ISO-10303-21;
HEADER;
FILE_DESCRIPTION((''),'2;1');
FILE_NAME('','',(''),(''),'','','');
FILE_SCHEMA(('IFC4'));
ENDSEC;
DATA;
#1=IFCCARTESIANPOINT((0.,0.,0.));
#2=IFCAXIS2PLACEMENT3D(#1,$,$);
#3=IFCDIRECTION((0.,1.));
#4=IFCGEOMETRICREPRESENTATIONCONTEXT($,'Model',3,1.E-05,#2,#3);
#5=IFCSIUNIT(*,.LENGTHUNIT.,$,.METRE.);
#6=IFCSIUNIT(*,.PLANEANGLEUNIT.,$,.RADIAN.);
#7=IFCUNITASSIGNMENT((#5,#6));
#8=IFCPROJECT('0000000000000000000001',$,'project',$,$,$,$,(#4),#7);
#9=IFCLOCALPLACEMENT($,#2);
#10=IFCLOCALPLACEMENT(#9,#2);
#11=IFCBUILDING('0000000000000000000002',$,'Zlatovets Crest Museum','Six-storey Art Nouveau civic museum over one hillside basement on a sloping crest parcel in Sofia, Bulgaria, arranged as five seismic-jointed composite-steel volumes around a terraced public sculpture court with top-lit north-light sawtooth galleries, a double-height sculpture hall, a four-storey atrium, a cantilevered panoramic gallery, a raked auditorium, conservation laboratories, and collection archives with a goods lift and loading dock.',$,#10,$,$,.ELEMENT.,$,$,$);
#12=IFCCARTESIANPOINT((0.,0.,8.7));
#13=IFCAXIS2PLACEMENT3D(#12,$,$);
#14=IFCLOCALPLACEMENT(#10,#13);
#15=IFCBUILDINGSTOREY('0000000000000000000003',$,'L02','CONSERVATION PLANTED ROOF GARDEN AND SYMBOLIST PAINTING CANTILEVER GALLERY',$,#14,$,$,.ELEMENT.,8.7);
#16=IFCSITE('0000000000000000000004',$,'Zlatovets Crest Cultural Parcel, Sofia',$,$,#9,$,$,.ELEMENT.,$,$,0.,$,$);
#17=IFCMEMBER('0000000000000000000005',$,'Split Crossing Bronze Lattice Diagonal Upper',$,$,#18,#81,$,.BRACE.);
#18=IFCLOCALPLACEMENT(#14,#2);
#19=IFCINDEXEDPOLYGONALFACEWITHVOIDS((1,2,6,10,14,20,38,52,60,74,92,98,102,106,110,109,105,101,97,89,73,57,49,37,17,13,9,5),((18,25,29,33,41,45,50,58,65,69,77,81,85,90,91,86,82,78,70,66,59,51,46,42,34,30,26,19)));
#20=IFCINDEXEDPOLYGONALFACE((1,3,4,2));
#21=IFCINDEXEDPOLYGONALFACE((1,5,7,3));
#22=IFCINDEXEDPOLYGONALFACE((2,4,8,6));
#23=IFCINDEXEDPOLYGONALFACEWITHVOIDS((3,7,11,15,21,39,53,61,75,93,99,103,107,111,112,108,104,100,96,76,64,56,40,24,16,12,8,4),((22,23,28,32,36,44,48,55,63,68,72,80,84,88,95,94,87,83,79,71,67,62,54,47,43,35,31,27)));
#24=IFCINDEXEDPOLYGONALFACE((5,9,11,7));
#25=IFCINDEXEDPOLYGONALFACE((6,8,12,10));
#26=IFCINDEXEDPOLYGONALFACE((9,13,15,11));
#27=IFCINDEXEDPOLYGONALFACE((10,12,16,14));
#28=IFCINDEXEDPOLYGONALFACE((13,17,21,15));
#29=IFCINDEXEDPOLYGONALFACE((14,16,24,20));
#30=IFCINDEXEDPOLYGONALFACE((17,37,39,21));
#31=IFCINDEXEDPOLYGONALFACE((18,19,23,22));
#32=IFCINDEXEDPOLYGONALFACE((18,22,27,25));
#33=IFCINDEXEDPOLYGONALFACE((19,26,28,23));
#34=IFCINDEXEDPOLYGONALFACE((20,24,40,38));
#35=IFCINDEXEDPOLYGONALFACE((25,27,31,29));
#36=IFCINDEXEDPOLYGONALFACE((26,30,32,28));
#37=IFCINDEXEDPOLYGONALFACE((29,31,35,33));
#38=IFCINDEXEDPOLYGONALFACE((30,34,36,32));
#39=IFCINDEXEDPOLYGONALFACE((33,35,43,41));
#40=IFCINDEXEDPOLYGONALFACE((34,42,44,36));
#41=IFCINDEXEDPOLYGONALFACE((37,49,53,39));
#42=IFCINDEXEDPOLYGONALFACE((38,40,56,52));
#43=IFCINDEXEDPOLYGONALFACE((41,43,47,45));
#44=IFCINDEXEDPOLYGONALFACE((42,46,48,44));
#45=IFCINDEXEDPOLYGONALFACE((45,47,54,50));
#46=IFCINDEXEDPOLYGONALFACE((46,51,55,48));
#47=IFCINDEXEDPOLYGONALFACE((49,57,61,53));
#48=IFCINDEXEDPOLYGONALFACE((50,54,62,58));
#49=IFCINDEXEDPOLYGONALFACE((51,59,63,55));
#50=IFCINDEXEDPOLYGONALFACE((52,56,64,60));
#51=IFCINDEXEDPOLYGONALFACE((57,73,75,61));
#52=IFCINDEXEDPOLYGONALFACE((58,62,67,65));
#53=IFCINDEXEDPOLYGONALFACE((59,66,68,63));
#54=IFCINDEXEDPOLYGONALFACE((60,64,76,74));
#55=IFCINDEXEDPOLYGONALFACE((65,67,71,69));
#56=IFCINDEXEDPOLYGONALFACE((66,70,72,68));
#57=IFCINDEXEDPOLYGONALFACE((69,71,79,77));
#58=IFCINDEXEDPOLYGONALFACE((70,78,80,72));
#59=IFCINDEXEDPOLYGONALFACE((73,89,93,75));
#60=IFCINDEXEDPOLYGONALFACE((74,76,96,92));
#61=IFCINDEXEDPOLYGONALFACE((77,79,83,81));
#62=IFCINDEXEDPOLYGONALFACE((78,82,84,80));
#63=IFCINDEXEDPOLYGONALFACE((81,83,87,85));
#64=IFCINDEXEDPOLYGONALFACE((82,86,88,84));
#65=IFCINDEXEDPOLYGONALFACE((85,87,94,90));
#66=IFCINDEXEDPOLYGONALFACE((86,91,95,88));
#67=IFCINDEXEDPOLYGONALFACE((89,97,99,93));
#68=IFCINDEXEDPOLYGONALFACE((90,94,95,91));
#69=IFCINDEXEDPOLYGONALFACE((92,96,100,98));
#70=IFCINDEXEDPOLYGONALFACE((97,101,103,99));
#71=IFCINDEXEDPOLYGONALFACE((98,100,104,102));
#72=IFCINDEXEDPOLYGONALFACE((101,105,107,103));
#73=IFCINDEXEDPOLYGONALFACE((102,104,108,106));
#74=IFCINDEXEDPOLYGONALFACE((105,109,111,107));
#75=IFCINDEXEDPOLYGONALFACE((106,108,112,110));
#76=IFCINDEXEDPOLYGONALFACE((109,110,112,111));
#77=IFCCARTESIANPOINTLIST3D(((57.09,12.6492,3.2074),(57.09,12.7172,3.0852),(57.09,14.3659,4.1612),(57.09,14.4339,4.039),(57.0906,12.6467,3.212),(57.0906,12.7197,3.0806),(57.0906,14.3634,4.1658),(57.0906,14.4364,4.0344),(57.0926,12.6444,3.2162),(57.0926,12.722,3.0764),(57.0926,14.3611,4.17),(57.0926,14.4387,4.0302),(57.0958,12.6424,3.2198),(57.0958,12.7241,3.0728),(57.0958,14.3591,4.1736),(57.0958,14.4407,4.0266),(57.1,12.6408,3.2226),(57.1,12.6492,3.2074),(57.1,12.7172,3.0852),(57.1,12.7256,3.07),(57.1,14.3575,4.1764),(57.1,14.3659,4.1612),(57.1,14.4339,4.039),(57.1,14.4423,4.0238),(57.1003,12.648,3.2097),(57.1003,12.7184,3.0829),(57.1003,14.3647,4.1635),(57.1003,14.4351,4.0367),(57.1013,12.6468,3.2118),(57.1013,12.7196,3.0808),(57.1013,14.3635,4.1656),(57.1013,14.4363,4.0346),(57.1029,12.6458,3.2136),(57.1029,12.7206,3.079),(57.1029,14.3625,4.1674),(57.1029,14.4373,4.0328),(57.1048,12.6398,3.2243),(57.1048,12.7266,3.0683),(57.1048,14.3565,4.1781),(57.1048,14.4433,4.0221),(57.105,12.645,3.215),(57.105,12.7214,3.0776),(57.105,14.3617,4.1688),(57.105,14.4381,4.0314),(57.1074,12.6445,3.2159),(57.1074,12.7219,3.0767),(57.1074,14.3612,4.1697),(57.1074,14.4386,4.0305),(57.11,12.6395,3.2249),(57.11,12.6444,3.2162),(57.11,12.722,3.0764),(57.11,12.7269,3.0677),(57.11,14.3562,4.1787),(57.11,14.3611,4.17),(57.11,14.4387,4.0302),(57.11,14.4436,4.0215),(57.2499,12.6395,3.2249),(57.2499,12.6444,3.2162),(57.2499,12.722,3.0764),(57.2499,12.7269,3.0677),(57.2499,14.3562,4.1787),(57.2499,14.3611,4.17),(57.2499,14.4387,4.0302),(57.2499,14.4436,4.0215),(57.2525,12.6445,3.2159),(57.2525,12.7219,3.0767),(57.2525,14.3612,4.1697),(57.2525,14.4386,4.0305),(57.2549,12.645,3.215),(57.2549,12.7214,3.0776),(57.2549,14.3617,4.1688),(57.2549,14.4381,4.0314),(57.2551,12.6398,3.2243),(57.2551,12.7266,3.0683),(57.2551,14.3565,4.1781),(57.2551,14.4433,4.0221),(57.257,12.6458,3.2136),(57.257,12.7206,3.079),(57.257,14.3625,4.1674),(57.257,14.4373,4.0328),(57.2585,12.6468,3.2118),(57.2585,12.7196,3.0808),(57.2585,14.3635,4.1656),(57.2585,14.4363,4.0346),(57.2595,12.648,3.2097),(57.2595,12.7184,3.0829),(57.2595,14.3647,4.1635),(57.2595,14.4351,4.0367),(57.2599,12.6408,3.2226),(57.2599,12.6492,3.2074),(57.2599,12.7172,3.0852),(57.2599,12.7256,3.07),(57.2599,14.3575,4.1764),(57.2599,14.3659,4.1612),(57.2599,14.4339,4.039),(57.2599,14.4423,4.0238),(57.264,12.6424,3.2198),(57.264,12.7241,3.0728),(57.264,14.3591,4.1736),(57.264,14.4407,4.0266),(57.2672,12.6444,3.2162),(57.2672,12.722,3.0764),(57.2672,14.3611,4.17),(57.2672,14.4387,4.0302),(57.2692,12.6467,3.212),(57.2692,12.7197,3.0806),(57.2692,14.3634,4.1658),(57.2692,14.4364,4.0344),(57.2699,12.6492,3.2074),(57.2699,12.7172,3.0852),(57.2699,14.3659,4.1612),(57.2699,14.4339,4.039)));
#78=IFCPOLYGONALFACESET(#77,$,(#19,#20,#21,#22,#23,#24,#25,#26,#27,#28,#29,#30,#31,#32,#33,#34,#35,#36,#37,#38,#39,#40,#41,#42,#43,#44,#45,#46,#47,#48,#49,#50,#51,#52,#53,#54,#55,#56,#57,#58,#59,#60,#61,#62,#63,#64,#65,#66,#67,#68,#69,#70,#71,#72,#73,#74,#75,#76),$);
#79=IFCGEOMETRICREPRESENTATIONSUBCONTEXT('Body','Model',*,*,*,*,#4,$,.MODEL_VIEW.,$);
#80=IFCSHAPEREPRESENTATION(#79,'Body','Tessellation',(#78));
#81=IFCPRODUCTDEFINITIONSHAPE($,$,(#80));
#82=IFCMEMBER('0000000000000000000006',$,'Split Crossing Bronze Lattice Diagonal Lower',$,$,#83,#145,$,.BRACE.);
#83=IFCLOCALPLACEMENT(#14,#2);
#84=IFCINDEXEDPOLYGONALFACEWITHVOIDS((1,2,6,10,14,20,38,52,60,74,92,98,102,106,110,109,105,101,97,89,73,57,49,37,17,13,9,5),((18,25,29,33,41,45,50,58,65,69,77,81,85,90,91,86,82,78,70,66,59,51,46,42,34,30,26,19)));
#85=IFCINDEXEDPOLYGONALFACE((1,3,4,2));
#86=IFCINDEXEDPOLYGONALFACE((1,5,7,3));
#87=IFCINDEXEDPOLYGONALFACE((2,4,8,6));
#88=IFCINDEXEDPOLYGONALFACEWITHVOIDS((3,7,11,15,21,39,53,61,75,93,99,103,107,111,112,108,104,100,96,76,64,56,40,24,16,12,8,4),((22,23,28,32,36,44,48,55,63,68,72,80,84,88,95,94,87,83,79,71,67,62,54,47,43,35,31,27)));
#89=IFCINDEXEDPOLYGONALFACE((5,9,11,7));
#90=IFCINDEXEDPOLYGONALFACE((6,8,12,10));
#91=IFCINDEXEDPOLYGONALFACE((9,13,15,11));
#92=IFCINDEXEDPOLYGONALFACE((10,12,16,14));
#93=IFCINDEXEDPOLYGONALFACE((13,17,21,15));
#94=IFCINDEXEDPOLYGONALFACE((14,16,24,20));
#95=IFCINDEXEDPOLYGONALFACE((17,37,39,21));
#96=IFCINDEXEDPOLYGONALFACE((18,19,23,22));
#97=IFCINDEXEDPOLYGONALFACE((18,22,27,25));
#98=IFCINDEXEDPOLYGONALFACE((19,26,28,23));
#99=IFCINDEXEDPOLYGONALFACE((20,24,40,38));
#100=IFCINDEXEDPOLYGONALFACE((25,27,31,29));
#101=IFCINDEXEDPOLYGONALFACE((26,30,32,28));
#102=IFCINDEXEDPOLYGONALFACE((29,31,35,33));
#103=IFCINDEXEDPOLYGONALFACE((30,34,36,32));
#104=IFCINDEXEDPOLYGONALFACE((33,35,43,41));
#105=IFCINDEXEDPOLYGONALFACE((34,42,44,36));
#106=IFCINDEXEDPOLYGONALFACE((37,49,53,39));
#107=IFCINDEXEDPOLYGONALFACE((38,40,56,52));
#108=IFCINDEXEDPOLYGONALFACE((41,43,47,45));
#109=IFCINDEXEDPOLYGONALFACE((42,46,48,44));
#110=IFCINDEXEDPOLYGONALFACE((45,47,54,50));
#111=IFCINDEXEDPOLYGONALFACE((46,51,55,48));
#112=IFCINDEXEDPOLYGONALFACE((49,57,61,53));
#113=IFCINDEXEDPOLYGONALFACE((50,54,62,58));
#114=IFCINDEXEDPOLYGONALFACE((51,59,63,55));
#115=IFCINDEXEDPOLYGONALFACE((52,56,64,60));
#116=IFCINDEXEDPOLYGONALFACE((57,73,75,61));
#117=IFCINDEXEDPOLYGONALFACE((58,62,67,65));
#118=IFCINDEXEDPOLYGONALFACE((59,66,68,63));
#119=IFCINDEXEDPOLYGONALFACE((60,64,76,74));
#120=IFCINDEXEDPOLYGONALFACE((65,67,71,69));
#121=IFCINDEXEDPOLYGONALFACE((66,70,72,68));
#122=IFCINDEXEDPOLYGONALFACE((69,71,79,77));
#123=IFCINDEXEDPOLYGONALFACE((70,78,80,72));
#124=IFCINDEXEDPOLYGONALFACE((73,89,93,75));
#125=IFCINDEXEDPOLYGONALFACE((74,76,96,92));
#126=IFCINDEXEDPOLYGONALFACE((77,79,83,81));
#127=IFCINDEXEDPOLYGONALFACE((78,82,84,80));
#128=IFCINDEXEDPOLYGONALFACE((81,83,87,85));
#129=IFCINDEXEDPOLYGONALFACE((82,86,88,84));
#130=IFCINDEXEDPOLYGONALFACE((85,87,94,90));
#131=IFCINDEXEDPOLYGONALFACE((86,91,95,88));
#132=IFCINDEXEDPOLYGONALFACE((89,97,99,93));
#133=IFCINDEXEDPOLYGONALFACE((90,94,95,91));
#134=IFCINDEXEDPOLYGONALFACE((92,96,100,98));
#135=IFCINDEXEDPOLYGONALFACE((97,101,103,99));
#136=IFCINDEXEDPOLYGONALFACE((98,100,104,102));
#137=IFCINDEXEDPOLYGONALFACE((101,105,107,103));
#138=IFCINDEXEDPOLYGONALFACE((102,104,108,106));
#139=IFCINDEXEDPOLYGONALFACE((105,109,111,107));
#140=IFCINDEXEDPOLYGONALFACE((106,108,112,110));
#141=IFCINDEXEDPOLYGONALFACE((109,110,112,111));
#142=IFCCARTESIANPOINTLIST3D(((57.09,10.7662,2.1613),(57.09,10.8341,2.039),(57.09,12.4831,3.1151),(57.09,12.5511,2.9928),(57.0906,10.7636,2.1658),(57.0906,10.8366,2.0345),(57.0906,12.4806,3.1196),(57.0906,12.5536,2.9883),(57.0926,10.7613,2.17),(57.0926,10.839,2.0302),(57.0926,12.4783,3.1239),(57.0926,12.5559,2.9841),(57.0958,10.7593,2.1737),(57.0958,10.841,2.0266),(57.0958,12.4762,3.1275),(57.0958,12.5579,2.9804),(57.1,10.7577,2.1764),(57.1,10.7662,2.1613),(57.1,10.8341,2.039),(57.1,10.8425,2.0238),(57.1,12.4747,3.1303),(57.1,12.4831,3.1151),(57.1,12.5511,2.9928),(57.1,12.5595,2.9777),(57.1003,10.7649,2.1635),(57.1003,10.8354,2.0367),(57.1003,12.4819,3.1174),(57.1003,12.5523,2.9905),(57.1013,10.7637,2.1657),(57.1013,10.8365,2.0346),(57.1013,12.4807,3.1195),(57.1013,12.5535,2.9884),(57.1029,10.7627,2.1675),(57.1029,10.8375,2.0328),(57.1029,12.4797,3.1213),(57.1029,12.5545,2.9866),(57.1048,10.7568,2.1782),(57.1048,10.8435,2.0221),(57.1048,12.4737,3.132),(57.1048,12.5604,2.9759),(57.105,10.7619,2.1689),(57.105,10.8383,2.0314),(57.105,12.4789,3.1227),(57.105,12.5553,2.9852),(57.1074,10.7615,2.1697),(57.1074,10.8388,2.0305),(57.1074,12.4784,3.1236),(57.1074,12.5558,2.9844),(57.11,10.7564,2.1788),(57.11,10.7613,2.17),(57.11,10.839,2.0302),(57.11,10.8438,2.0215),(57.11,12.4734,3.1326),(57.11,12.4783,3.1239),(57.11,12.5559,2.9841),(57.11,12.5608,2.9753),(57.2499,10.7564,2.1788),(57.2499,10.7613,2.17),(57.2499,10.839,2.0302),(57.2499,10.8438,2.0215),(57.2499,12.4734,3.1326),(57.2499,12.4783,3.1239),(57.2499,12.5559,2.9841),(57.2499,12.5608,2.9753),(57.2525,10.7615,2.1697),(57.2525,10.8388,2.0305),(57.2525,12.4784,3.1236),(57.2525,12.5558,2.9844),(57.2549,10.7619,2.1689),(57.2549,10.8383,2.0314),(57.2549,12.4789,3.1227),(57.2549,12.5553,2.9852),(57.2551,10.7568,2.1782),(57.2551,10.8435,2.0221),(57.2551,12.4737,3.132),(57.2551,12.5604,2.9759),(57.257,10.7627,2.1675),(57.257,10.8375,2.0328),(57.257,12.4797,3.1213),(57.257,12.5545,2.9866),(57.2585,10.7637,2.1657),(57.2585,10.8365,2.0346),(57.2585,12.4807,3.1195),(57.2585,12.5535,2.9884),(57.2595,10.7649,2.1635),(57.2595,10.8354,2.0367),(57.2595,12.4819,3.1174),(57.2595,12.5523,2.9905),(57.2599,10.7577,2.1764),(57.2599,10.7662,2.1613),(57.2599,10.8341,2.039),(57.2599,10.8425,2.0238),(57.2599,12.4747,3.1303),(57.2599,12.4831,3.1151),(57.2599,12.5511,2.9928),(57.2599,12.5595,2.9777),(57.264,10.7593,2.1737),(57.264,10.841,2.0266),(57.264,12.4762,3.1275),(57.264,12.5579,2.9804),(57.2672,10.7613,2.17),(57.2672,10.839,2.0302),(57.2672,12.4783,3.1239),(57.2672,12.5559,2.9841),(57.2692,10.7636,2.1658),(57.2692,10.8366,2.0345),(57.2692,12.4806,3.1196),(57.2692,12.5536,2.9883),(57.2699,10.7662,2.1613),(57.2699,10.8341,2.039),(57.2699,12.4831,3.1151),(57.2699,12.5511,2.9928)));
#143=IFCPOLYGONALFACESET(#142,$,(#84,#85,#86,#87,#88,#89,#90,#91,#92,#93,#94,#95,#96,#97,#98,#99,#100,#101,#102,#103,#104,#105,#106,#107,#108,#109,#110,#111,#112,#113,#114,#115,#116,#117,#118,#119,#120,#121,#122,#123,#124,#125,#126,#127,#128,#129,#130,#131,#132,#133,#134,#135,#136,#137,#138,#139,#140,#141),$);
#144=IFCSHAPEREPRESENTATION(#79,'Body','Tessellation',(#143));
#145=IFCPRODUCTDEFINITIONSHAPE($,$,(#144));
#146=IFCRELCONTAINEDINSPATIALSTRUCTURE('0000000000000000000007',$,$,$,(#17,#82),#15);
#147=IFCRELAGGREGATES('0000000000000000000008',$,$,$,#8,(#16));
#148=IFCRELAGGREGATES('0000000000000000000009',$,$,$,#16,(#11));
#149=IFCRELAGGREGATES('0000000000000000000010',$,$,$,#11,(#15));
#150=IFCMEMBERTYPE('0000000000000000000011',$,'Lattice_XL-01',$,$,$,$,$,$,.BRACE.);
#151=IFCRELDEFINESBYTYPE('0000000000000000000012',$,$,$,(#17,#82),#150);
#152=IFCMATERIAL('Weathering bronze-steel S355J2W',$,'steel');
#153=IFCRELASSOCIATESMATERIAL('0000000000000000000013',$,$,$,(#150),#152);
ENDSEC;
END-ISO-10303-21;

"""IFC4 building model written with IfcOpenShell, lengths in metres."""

from ifc_helpers import new_model, si_unit, direction, frame, origin, origin_2d, place, context, subcontext, project, spatial, hollow_rectangle, extrude, material, material_profile, profile_set, type_object, element, save


model = new_model("IFC4")

# Units and contexts
model_context = context("Model", 3, precision=1e-05, world=origin(), true_north=direction((0.0, 1.0)))
body_context = subcontext(model_context, "Body", "Model", "MODEL_VIEW")
ifc_project = project(units=[si_unit("LENGTHUNIT", "METRE"), si_unit("PLANEANGLEUNIT", "RADIAN")], contexts=[model_context])

# Site, building, storey
site_placement = place(None, origin())
site = spatial("IfcSite", under=ifc_project, at=site_placement, Name="Zlatovets Crest Cultural Parcel, Sofia", CompositionType="ELEMENT", RefElevation=0.0)
building_placement = place(site_placement, origin())
building = spatial("IfcBuilding", under=site, at=building_placement, Name="Zlatovets Crest Museum", Description="Six-storey Art Nouveau civic museum over one hillside basement on a sloping crest parcel in Sofia, Bulgaria, arranged as five seismic-jointed composite-steel volumes around a terraced public sculpture court with top-lit north-light sawtooth galleries, a double-height sculpture hall, a four-storey atrium, a cantilevered panoramic gallery, a raked auditorium, conservation laboratories, and collection archives with a goods lift and loading dock.", CompositionType="ELEMENT")
storey_placement = place(building_placement, frame((0.0, 0.0, 8.7)))
storey = spatial("IfcBuildingStorey", under=building, at=storey_placement, Name="L02", Description="CONSERVATION PLANTED ROOF GARDEN AND SYMBOLIST PAINTING CANTILEVER GALLERY", CompositionType="ELEMENT", Elevation=8.7)

# Members
ifc_material_1 = material(Name="Weathering bronze-steel S355J2W", Category="steel")
ifc_material_profile_1 = material_profile(ifc_material_1, hollow_rectangle(XDim=0.1799, YDim=0.1799, WallThickness=0.01, InnerFilletRadius=0.01, OuterFilletRadius=0.02, at=origin_2d()), Name="SHS 180x180x10.0")
ifc_profile_set_1 = profile_set([ifc_material_profile_1], Name="Weathering bronze-steel S355J2W")
member_type_1 = type_object("IfcMemberType", Name="Lattice_XL-01", PredefinedType="BRACE", material=ifc_profile_set_1)
member_1_placement = place(storey_placement, frame((57.1799, 14.3999, 4.1001), z_axis=(0.0, -0.87414, -0.485675), x_axis=(1.0, 0.0, 0.0)))
element("IfcMember", 1, at=member_1_placement, inside=storey, type_object=member_type_1, Name="Split Crossing Bronze Lattice Diagonal Upper", PredefinedType="BRACE", context=body_context, shape_type="SweptSolid", body=[
    extrude(hollow_rectangle(XDim=0.1799, YDim=0.1799, WallThickness=0.01, InnerFilletRadius=0.01, OuterFilletRadius=0.02, at=origin_2d()), origin(), (0.0, 0.0, 1.0), 1.9639),
])
member_2_placement = place(storey_placement, frame((57.1799, 12.5171, 3.054), z_axis=(0.0, -0.874169, -0.485622), x_axis=(1.0, 0.0, 0.0)))
element("IfcMember", 2, at=member_2_placement, inside=storey, type_object=member_type_1, Name="Split Crossing Bronze Lattice Diagonal Lower", PredefinedType="BRACE", context=body_context, shape_type="SweptSolid", body=[
    extrude(hollow_rectangle(XDim=0.1799, YDim=0.1799, WallThickness=0.01, InnerFilletRadius=0.01, OuterFilletRadius=0.02, at=origin_2d()), origin(), (0.0, 0.0, 1.0), 1.9641),
])

save(model, "model.ifc")
